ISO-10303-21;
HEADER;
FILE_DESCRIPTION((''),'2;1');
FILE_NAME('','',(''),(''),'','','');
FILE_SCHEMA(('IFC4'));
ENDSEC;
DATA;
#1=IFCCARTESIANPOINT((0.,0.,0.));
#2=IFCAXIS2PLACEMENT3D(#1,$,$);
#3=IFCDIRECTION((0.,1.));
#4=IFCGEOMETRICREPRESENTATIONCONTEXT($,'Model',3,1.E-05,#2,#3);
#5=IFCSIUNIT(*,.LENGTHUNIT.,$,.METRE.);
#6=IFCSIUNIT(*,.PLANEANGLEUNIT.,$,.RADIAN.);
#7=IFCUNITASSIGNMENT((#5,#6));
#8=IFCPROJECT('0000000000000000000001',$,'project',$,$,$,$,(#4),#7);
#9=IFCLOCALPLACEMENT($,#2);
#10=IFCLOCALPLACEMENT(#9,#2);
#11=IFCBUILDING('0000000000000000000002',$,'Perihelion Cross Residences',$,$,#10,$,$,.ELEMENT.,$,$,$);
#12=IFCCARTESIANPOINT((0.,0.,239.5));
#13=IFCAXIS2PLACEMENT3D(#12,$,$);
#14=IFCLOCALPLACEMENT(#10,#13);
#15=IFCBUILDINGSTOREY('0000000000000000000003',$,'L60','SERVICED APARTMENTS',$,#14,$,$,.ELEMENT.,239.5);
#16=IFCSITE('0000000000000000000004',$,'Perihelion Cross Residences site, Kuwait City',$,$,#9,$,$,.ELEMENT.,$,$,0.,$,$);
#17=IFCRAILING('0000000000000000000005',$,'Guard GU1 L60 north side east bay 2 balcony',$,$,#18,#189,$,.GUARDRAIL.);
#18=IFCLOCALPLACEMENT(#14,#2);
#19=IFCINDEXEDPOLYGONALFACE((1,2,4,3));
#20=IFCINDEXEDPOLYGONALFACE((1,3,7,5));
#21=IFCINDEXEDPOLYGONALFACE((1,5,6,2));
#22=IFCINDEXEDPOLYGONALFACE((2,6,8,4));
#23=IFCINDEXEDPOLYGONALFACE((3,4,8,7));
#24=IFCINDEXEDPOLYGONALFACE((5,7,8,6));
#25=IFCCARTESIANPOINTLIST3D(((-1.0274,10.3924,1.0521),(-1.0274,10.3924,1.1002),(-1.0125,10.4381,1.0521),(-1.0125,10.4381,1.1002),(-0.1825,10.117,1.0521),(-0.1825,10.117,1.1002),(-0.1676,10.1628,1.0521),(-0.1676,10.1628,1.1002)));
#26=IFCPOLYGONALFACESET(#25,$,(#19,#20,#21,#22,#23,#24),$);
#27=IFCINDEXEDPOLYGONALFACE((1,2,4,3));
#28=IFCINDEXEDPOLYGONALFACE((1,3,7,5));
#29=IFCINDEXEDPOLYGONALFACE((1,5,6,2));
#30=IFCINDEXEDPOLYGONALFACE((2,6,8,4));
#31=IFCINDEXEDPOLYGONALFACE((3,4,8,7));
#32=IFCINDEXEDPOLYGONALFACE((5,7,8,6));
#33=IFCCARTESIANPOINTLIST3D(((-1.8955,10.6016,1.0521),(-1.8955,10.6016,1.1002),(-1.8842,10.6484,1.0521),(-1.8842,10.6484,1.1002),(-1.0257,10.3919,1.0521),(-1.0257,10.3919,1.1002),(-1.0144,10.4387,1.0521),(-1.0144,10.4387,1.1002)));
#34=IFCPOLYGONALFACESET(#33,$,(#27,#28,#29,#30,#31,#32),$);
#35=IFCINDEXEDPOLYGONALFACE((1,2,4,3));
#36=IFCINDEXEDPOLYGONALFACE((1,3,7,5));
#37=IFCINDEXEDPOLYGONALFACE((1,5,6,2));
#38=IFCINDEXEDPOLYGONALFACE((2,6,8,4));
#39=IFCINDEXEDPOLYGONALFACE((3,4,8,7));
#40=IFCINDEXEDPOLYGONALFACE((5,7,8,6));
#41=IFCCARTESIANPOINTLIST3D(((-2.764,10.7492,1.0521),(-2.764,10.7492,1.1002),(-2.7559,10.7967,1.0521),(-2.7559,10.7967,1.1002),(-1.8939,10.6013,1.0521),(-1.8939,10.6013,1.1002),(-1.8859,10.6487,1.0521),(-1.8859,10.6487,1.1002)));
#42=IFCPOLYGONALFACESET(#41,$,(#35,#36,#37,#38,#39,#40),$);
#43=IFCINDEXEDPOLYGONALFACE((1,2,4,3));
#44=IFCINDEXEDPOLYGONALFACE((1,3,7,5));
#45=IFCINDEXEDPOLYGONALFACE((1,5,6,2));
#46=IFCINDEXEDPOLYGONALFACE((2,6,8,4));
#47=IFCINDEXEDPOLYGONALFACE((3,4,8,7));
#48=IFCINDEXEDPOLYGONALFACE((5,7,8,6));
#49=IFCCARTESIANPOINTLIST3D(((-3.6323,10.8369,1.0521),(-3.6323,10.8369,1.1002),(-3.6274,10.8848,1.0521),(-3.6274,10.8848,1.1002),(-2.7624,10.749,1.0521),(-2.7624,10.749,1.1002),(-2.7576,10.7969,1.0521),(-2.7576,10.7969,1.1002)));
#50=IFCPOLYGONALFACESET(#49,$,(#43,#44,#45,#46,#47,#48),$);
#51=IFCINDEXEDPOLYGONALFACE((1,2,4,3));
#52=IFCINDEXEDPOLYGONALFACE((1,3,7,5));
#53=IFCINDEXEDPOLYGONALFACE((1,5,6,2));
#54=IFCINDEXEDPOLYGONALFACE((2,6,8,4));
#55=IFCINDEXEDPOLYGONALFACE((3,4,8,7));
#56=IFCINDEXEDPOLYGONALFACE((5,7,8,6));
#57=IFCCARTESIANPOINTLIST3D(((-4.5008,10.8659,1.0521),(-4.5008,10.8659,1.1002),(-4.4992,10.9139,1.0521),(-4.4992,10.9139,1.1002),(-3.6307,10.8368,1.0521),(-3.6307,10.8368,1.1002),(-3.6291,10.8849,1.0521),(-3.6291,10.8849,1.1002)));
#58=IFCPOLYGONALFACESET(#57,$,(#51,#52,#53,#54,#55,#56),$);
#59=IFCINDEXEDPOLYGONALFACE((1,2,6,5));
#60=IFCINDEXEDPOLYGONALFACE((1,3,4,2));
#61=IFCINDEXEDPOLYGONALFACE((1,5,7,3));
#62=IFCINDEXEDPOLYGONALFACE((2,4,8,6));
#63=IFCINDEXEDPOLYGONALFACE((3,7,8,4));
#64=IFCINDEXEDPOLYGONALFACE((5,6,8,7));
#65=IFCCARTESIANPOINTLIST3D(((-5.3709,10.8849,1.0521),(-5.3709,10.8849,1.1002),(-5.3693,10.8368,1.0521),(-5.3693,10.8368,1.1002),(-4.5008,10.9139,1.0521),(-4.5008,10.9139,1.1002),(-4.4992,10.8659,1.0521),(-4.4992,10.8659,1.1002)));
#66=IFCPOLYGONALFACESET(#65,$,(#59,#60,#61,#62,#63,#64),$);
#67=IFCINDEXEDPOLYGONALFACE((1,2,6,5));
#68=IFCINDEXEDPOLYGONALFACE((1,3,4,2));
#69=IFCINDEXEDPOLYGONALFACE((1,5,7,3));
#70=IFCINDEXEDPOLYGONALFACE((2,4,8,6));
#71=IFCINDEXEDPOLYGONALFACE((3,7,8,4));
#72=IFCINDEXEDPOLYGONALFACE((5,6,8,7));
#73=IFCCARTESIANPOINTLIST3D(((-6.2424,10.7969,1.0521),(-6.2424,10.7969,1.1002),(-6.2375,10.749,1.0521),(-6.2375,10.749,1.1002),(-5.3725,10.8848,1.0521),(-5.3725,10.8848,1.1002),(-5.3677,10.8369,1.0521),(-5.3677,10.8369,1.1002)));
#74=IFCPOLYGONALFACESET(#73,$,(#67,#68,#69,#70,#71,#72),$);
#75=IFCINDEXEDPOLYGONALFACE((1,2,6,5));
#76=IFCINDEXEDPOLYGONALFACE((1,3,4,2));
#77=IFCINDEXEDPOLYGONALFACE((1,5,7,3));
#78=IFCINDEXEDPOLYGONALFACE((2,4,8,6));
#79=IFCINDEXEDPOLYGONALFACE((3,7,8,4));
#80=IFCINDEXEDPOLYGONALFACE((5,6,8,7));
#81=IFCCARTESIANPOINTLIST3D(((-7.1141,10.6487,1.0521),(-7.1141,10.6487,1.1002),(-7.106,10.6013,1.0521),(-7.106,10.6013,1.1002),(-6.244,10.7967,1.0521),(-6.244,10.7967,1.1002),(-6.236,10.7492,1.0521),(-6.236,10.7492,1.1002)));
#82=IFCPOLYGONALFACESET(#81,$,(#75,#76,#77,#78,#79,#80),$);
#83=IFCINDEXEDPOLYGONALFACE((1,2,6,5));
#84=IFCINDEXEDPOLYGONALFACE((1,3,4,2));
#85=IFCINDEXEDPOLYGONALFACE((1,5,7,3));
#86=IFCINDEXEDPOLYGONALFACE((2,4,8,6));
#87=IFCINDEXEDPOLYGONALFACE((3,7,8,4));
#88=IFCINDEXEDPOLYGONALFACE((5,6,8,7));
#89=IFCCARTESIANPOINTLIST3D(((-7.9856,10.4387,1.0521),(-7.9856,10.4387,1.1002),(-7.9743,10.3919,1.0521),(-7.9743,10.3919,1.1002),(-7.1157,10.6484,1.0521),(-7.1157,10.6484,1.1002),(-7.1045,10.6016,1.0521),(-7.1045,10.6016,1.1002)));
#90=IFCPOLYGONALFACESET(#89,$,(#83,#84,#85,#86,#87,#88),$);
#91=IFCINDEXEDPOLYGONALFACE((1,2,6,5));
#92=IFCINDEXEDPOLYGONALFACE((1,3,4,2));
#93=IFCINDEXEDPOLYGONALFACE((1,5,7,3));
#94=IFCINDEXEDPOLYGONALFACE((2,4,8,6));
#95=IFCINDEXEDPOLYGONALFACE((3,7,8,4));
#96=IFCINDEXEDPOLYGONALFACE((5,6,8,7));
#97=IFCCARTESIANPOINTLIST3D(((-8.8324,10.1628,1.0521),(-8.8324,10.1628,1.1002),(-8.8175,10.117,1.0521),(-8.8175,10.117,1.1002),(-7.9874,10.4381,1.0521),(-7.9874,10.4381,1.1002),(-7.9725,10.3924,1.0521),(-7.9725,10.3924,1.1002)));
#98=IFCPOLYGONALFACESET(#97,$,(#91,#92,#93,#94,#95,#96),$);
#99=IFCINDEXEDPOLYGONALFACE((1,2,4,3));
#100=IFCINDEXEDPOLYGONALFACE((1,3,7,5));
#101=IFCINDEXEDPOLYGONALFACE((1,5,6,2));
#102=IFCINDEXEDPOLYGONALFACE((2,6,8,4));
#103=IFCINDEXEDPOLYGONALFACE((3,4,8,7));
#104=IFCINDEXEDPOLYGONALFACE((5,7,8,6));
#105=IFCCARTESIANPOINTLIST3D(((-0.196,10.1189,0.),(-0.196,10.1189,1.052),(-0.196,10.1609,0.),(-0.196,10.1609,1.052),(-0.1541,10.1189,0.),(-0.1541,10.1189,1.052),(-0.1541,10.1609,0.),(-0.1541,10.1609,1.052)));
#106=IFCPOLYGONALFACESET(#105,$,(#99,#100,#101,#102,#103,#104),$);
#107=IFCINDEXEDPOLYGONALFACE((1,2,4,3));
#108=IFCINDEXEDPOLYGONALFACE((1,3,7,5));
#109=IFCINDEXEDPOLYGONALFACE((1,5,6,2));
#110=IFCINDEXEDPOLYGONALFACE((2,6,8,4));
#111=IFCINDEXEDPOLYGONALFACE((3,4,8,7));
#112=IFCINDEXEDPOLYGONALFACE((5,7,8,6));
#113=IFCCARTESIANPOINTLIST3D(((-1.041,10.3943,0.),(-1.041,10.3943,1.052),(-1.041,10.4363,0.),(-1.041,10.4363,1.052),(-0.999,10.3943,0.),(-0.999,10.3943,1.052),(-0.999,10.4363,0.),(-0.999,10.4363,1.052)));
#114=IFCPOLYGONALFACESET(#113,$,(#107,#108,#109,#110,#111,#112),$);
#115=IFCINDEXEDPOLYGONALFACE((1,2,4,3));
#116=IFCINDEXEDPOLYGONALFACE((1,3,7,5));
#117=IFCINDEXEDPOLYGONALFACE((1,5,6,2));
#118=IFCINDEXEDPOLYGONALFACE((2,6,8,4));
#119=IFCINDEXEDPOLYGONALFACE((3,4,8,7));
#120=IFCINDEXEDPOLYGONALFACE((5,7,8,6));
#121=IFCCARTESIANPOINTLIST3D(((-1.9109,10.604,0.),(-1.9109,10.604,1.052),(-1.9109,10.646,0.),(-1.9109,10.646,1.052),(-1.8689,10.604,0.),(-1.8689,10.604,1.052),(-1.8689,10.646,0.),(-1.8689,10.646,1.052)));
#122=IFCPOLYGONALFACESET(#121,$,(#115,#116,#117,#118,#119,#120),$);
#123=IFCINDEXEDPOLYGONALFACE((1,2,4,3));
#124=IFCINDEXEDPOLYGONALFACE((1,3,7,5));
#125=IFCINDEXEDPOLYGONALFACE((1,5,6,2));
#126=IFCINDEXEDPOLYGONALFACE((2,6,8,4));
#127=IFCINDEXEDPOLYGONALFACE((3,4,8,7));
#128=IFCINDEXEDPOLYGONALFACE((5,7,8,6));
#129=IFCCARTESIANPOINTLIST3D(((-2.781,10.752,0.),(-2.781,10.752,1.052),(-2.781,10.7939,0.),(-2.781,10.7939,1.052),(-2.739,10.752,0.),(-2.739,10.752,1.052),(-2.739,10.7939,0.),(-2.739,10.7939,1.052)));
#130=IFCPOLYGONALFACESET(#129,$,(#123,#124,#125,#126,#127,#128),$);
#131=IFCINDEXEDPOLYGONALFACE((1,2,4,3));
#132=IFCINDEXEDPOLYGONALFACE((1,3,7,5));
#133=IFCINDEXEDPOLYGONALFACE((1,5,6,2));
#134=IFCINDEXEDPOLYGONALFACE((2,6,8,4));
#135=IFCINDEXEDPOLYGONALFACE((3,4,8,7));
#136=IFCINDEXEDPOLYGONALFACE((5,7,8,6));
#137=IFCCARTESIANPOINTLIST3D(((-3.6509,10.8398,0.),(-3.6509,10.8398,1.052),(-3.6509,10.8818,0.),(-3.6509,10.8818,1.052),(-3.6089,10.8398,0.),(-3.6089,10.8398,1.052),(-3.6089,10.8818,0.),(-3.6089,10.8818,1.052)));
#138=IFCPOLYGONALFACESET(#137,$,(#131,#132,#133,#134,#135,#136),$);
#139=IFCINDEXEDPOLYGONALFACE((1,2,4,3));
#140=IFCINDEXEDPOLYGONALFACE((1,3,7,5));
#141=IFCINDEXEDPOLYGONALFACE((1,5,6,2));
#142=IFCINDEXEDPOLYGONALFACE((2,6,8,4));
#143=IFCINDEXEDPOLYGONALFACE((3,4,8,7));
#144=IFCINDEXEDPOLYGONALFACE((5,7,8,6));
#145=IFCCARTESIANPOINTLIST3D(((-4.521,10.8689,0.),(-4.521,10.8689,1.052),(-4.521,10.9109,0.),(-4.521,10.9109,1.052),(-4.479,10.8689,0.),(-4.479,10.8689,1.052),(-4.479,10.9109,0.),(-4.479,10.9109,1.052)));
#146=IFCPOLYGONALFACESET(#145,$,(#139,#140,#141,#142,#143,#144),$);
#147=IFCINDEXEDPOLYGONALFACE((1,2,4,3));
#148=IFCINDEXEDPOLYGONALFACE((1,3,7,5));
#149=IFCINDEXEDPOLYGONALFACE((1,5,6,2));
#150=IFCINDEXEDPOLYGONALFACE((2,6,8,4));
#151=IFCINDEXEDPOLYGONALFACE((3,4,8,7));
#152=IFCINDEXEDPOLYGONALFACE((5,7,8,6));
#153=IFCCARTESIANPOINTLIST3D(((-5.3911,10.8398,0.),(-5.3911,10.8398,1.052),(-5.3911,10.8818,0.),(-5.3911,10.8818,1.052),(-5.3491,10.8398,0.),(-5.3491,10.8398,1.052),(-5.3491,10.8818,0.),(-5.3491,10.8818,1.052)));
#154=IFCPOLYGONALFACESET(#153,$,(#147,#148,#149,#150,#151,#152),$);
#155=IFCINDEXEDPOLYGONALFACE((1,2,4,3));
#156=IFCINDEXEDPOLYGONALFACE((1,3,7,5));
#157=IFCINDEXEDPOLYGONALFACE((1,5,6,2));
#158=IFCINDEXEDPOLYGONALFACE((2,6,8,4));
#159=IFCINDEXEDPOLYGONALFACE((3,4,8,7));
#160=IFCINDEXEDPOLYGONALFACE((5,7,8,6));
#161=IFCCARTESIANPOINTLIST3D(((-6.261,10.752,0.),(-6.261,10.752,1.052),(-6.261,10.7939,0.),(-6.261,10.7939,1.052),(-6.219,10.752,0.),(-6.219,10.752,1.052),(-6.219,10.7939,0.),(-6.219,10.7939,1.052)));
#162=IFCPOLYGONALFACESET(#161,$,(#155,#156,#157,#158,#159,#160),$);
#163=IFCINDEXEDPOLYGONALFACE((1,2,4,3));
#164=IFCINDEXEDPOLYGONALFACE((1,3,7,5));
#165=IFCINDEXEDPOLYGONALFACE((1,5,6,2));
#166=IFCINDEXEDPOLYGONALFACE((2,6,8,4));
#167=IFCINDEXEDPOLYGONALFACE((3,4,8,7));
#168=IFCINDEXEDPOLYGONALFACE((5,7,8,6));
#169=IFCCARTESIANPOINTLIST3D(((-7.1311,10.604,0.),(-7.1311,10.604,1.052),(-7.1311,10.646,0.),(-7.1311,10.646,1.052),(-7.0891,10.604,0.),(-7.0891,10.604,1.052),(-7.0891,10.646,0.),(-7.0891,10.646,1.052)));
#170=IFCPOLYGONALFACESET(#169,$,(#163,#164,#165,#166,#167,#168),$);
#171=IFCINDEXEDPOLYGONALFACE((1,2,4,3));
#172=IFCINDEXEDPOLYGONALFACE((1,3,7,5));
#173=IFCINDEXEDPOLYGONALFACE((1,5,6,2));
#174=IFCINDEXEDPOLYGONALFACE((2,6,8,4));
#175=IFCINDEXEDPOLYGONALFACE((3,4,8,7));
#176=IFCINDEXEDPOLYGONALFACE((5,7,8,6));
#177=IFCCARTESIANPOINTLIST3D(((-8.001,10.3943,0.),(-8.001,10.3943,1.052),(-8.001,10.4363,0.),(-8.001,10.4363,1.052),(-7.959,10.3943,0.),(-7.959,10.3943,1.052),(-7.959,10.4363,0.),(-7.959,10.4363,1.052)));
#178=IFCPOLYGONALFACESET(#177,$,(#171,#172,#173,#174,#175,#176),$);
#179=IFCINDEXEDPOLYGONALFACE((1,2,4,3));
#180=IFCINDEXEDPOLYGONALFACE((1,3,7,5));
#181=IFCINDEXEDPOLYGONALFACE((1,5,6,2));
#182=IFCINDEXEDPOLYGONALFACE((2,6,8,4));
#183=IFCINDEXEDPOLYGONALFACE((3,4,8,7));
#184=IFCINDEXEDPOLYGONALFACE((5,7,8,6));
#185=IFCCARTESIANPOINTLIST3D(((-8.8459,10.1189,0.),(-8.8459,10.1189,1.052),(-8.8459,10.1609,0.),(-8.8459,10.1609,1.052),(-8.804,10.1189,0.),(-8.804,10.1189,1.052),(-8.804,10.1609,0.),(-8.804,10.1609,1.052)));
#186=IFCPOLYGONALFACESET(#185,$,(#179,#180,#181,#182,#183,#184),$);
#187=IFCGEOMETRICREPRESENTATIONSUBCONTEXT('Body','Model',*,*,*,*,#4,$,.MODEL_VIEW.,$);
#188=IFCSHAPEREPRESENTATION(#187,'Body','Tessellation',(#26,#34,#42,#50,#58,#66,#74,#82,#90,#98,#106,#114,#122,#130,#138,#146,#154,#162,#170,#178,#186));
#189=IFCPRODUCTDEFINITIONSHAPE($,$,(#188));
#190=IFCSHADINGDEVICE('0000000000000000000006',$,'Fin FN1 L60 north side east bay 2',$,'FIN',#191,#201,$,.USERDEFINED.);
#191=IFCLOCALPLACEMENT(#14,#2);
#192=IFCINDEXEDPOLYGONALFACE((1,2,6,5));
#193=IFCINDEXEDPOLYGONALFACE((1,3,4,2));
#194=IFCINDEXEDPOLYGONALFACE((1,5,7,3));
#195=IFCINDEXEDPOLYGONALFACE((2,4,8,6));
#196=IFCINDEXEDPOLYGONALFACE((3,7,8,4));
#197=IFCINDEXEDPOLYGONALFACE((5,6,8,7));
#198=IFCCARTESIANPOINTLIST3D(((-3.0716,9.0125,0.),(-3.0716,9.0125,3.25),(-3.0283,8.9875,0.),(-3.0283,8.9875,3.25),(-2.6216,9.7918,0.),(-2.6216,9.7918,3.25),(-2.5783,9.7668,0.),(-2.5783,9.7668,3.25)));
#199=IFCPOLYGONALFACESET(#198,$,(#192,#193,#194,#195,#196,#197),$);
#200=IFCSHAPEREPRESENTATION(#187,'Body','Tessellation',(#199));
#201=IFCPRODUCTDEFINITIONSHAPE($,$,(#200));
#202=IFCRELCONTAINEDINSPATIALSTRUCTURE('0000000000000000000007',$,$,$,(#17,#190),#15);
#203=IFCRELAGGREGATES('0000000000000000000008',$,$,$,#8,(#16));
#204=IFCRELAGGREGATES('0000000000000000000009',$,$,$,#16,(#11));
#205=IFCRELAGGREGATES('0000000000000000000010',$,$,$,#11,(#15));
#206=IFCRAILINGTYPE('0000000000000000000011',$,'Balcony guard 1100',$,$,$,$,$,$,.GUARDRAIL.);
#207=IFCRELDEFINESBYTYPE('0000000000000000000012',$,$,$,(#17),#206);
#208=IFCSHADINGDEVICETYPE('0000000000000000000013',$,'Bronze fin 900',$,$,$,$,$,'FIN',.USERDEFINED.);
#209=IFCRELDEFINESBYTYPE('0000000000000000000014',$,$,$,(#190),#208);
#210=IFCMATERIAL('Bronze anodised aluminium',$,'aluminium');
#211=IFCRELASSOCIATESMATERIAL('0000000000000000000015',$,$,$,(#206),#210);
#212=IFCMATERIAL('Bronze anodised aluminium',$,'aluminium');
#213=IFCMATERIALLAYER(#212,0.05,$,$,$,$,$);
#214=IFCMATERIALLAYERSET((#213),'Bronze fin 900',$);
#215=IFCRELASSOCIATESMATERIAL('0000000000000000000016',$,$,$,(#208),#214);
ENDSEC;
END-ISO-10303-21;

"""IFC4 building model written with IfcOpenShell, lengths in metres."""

from ifc_helpers import new_model, si_unit, direction, frame, origin, origin_2d, place, context, subcontext, project, spatial, rectangle, extrude, material, layer, layer_set, type_object, element, save


model = new_model("IFC4")

# Units and contexts
model_context = context("Model", 3, precision=1e-05, world=origin(), true_north=direction((0.0, 1.0)))
body_context = subcontext(model_context, "Body", "Model", "MODEL_VIEW")
ifc_project = project(units=[si_unit("LENGTHUNIT", "METRE"), si_unit("PLANEANGLEUNIT", "RADIAN")], contexts=[model_context])

# Site, building, storey
site_placement = place(None, origin())
site = spatial("IfcSite", under=ifc_project, at=site_placement, Name="Perihelion Cross Residences site, Kuwait City", CompositionType="ELEMENT", RefElevation=0.0)
building_placement = place(site_placement, origin())
building = spatial("IfcBuilding", under=site, at=building_placement, Name="Perihelion Cross Residences", CompositionType="ELEMENT")
storey_placement = place(building_placement, frame((0.0, 0.0, 239.5)))
storey = spatial("IfcBuildingStorey", under=building, at=storey_placement, Name="L60", Description="SERVICED APARTMENTS", CompositionType="ELEMENT", Elevation=239.5)

# Railing
ifc_material_1 = material(Name="Bronze anodised aluminium", Category="aluminium")
railing_type = type_object("IfcRailingType", Name="Balcony guard 1100", PredefinedType="GUARDRAIL", material=ifc_material_1)
railing_1_placement = place(storey_placement, frame((-0.175, 10.1399, 0.0)))
element("IfcRailing", 1, at=railing_1_placement, inside=storey, type_object=railing_type, Name="Guard GU1 L60 north side east bay 2 balcony", PredefinedType="GUARDRAIL", context=body_context, shape_type="SweptSolid", body=[
    extrude(rectangle(XDim=0.0481, YDim=0.0481, at=origin_2d()), frame((0.0, 0.0, 1.0762), z_axis=(-0.950777, 0.309875, 0.0), x_axis=(-0.309875, -0.950777, 0.0)), (0.0, 0.0, 1.0), 0.8887),
    extrude(rectangle(XDim=0.0481, YDim=0.0481, at=origin_2d()), frame((-0.845, 0.2754, 1.0762), z_axis=(-0.972147, 0.234374, 0.0), x_axis=(-0.234374, -0.972147, 0.0)), (0.0, 0.0, 1.0), 0.8948),
    extrude(rectangle(XDim=0.0481, YDim=0.0481, at=origin_2d()), frame((-1.7148, 0.4851, 1.0762), z_axis=(-0.98585, 0.167628, 0.0), x_axis=(-0.167628, -0.98585, 0.0)), (0.0, 0.0, 1.0), 0.8826),
    extrude(rectangle(XDim=0.0481, YDim=0.0481, at=origin_2d()), frame((-2.585, 0.6331, 1.0762), z_axis=(-0.994934, 0.100527, 0.0), x_axis=(-0.100527, -0.994934, 0.0)), (0.0, 0.0, 1.0), 0.8743),
    extrude(rectangle(XDim=0.0481, YDim=0.0481, at=origin_2d()), frame((-3.4548, 0.7209, 1.0762), z_axis=(-0.999443, 0.033371, 0.0), x_axis=(-0.033371, -0.999443, 0.0)), (0.0, 0.0, 1.0), 0.8706),
    extrude(rectangle(XDim=0.0481, YDim=0.0481, at=origin_2d()), frame((-4.325, 0.75, 1.0762), z_axis=(-0.999443, -0.033371, 0.0), x_axis=(0.033371, -0.999443, 0.0)), (0.0, 0.0, 1.0), 0.8706),
    extrude(rectangle(XDim=0.0481, YDim=0.0481, at=origin_2d()), frame((-5.1951, 0.7209, 1.0762), z_axis=(-0.994934, -0.100527, 0.0), x_axis=(0.100527, -0.994934, 0.0)), (0.0, 0.0, 1.0), 0.8743),
    extrude(rectangle(XDim=0.0481, YDim=0.0481, at=origin_2d()), frame((-6.0649, 0.6331, 1.0762), z_axis=(-0.98585, -0.167628, 0.0), x_axis=(0.167628, -0.98585, 0.0)), (0.0, 0.0, 1.0), 0.8826),
    extrude(rectangle(XDim=0.0481, YDim=0.0481, at=origin_2d()), frame((-6.9351, 0.4851, 1.0762), z_axis=(-0.972147, -0.234374, 0.0), x_axis=(0.234374, -0.972147, 0.0)), (0.0, 0.0, 1.0), 0.8948),
    extrude(rectangle(XDim=0.0481, YDim=0.0481, at=origin_2d()), frame((-7.8049, 0.2754, 1.0762), z_axis=(-0.950777, -0.309875, 0.0), x_axis=(0.309875, -0.950777, 0.0)), (0.0, 0.0, 1.0), 0.8887),
    extrude(rectangle(XDim=0.042, YDim=0.042, at=origin_2d()), origin(), (0.0, 0.0, 1.0), 1.052),
    extrude(rectangle(XDim=0.042, YDim=0.042, at=origin_2d()), frame((-0.845, 0.2754, 0.0)), (0.0, 0.0, 1.0), 1.052),
    extrude(rectangle(XDim=0.042, YDim=0.042, at=origin_2d()), frame((-1.7148, 0.4851, 0.0)), (0.0, 0.0, 1.0), 1.052),
    extrude(rectangle(XDim=0.042, YDim=0.042, at=origin_2d()), frame((-2.585, 0.6331, 0.0)), (0.0, 0.0, 1.0), 1.052),
    extrude(rectangle(XDim=0.042, YDim=0.042, at=origin_2d()), frame((-3.4548, 0.7209, 0.0)), (0.0, 0.0, 1.0), 1.052),
    extrude(rectangle(XDim=0.042, YDim=0.042, at=origin_2d()), frame((-4.325, 0.75, 0.0)), (0.0, 0.0, 1.0), 1.052),
    extrude(rectangle(XDim=0.042, YDim=0.042, at=origin_2d()), frame((-5.1951, 0.7209, 0.0)), (0.0, 0.0, 1.0), 1.052),
    extrude(rectangle(XDim=0.042, YDim=0.042, at=origin_2d()), frame((-6.0649, 0.6331, 0.0)), (0.0, 0.0, 1.0), 1.052),
    extrude(rectangle(XDim=0.042, YDim=0.042, at=origin_2d()), frame((-6.9351, 0.4851, 0.0)), (0.0, 0.0, 1.0), 1.052),
    extrude(rectangle(XDim=0.042, YDim=0.042, at=origin_2d()), frame((-7.8049, 0.2754, 0.0)), (0.0, 0.0, 1.0), 1.052),
    extrude(rectangle(XDim=0.042, YDim=0.042, at=origin_2d()), frame((-8.6499, 0.0, 0.0)), (0.0, 0.0, 1.0), 1.052),
])

# Shading device
ifc_material_2 = material(Name="Bronze anodised aluminium", Category="aluminium")
ifc_layer_1 = layer(ifc_material_2, 0.05)
ifc_layer_set_1 = layer_set([ifc_layer_1], Name="Bronze fin 900")
shading_device_type = type_object("IfcShadingDeviceType", Name="Bronze fin 900", ElementType="FIN", PredefinedType="USERDEFINED", material=ifc_layer_set_1)
shading_device_placement = place(storey_placement, frame((-2.825, 9.3896, 0.0), z_axis=(0.0, 0.0, 1.0), x_axis=(0.5, 0.866025, 0.0)))
element("IfcShadingDevice", 2, at=shading_device_placement, inside=storey, type_object=shading_device_type, Name="Fin FN1 L60 north side east bay 2", ObjectType="FIN", PredefinedType="USERDEFINED", context=body_context, shape_type="SweptSolid", body=[
    extrude(rectangle(XDim=0.8999, YDim=0.05, at=origin_2d()), origin(), (0.0, 0.0, 1.0), 3.25),
])

save(model, "model.ifc")
